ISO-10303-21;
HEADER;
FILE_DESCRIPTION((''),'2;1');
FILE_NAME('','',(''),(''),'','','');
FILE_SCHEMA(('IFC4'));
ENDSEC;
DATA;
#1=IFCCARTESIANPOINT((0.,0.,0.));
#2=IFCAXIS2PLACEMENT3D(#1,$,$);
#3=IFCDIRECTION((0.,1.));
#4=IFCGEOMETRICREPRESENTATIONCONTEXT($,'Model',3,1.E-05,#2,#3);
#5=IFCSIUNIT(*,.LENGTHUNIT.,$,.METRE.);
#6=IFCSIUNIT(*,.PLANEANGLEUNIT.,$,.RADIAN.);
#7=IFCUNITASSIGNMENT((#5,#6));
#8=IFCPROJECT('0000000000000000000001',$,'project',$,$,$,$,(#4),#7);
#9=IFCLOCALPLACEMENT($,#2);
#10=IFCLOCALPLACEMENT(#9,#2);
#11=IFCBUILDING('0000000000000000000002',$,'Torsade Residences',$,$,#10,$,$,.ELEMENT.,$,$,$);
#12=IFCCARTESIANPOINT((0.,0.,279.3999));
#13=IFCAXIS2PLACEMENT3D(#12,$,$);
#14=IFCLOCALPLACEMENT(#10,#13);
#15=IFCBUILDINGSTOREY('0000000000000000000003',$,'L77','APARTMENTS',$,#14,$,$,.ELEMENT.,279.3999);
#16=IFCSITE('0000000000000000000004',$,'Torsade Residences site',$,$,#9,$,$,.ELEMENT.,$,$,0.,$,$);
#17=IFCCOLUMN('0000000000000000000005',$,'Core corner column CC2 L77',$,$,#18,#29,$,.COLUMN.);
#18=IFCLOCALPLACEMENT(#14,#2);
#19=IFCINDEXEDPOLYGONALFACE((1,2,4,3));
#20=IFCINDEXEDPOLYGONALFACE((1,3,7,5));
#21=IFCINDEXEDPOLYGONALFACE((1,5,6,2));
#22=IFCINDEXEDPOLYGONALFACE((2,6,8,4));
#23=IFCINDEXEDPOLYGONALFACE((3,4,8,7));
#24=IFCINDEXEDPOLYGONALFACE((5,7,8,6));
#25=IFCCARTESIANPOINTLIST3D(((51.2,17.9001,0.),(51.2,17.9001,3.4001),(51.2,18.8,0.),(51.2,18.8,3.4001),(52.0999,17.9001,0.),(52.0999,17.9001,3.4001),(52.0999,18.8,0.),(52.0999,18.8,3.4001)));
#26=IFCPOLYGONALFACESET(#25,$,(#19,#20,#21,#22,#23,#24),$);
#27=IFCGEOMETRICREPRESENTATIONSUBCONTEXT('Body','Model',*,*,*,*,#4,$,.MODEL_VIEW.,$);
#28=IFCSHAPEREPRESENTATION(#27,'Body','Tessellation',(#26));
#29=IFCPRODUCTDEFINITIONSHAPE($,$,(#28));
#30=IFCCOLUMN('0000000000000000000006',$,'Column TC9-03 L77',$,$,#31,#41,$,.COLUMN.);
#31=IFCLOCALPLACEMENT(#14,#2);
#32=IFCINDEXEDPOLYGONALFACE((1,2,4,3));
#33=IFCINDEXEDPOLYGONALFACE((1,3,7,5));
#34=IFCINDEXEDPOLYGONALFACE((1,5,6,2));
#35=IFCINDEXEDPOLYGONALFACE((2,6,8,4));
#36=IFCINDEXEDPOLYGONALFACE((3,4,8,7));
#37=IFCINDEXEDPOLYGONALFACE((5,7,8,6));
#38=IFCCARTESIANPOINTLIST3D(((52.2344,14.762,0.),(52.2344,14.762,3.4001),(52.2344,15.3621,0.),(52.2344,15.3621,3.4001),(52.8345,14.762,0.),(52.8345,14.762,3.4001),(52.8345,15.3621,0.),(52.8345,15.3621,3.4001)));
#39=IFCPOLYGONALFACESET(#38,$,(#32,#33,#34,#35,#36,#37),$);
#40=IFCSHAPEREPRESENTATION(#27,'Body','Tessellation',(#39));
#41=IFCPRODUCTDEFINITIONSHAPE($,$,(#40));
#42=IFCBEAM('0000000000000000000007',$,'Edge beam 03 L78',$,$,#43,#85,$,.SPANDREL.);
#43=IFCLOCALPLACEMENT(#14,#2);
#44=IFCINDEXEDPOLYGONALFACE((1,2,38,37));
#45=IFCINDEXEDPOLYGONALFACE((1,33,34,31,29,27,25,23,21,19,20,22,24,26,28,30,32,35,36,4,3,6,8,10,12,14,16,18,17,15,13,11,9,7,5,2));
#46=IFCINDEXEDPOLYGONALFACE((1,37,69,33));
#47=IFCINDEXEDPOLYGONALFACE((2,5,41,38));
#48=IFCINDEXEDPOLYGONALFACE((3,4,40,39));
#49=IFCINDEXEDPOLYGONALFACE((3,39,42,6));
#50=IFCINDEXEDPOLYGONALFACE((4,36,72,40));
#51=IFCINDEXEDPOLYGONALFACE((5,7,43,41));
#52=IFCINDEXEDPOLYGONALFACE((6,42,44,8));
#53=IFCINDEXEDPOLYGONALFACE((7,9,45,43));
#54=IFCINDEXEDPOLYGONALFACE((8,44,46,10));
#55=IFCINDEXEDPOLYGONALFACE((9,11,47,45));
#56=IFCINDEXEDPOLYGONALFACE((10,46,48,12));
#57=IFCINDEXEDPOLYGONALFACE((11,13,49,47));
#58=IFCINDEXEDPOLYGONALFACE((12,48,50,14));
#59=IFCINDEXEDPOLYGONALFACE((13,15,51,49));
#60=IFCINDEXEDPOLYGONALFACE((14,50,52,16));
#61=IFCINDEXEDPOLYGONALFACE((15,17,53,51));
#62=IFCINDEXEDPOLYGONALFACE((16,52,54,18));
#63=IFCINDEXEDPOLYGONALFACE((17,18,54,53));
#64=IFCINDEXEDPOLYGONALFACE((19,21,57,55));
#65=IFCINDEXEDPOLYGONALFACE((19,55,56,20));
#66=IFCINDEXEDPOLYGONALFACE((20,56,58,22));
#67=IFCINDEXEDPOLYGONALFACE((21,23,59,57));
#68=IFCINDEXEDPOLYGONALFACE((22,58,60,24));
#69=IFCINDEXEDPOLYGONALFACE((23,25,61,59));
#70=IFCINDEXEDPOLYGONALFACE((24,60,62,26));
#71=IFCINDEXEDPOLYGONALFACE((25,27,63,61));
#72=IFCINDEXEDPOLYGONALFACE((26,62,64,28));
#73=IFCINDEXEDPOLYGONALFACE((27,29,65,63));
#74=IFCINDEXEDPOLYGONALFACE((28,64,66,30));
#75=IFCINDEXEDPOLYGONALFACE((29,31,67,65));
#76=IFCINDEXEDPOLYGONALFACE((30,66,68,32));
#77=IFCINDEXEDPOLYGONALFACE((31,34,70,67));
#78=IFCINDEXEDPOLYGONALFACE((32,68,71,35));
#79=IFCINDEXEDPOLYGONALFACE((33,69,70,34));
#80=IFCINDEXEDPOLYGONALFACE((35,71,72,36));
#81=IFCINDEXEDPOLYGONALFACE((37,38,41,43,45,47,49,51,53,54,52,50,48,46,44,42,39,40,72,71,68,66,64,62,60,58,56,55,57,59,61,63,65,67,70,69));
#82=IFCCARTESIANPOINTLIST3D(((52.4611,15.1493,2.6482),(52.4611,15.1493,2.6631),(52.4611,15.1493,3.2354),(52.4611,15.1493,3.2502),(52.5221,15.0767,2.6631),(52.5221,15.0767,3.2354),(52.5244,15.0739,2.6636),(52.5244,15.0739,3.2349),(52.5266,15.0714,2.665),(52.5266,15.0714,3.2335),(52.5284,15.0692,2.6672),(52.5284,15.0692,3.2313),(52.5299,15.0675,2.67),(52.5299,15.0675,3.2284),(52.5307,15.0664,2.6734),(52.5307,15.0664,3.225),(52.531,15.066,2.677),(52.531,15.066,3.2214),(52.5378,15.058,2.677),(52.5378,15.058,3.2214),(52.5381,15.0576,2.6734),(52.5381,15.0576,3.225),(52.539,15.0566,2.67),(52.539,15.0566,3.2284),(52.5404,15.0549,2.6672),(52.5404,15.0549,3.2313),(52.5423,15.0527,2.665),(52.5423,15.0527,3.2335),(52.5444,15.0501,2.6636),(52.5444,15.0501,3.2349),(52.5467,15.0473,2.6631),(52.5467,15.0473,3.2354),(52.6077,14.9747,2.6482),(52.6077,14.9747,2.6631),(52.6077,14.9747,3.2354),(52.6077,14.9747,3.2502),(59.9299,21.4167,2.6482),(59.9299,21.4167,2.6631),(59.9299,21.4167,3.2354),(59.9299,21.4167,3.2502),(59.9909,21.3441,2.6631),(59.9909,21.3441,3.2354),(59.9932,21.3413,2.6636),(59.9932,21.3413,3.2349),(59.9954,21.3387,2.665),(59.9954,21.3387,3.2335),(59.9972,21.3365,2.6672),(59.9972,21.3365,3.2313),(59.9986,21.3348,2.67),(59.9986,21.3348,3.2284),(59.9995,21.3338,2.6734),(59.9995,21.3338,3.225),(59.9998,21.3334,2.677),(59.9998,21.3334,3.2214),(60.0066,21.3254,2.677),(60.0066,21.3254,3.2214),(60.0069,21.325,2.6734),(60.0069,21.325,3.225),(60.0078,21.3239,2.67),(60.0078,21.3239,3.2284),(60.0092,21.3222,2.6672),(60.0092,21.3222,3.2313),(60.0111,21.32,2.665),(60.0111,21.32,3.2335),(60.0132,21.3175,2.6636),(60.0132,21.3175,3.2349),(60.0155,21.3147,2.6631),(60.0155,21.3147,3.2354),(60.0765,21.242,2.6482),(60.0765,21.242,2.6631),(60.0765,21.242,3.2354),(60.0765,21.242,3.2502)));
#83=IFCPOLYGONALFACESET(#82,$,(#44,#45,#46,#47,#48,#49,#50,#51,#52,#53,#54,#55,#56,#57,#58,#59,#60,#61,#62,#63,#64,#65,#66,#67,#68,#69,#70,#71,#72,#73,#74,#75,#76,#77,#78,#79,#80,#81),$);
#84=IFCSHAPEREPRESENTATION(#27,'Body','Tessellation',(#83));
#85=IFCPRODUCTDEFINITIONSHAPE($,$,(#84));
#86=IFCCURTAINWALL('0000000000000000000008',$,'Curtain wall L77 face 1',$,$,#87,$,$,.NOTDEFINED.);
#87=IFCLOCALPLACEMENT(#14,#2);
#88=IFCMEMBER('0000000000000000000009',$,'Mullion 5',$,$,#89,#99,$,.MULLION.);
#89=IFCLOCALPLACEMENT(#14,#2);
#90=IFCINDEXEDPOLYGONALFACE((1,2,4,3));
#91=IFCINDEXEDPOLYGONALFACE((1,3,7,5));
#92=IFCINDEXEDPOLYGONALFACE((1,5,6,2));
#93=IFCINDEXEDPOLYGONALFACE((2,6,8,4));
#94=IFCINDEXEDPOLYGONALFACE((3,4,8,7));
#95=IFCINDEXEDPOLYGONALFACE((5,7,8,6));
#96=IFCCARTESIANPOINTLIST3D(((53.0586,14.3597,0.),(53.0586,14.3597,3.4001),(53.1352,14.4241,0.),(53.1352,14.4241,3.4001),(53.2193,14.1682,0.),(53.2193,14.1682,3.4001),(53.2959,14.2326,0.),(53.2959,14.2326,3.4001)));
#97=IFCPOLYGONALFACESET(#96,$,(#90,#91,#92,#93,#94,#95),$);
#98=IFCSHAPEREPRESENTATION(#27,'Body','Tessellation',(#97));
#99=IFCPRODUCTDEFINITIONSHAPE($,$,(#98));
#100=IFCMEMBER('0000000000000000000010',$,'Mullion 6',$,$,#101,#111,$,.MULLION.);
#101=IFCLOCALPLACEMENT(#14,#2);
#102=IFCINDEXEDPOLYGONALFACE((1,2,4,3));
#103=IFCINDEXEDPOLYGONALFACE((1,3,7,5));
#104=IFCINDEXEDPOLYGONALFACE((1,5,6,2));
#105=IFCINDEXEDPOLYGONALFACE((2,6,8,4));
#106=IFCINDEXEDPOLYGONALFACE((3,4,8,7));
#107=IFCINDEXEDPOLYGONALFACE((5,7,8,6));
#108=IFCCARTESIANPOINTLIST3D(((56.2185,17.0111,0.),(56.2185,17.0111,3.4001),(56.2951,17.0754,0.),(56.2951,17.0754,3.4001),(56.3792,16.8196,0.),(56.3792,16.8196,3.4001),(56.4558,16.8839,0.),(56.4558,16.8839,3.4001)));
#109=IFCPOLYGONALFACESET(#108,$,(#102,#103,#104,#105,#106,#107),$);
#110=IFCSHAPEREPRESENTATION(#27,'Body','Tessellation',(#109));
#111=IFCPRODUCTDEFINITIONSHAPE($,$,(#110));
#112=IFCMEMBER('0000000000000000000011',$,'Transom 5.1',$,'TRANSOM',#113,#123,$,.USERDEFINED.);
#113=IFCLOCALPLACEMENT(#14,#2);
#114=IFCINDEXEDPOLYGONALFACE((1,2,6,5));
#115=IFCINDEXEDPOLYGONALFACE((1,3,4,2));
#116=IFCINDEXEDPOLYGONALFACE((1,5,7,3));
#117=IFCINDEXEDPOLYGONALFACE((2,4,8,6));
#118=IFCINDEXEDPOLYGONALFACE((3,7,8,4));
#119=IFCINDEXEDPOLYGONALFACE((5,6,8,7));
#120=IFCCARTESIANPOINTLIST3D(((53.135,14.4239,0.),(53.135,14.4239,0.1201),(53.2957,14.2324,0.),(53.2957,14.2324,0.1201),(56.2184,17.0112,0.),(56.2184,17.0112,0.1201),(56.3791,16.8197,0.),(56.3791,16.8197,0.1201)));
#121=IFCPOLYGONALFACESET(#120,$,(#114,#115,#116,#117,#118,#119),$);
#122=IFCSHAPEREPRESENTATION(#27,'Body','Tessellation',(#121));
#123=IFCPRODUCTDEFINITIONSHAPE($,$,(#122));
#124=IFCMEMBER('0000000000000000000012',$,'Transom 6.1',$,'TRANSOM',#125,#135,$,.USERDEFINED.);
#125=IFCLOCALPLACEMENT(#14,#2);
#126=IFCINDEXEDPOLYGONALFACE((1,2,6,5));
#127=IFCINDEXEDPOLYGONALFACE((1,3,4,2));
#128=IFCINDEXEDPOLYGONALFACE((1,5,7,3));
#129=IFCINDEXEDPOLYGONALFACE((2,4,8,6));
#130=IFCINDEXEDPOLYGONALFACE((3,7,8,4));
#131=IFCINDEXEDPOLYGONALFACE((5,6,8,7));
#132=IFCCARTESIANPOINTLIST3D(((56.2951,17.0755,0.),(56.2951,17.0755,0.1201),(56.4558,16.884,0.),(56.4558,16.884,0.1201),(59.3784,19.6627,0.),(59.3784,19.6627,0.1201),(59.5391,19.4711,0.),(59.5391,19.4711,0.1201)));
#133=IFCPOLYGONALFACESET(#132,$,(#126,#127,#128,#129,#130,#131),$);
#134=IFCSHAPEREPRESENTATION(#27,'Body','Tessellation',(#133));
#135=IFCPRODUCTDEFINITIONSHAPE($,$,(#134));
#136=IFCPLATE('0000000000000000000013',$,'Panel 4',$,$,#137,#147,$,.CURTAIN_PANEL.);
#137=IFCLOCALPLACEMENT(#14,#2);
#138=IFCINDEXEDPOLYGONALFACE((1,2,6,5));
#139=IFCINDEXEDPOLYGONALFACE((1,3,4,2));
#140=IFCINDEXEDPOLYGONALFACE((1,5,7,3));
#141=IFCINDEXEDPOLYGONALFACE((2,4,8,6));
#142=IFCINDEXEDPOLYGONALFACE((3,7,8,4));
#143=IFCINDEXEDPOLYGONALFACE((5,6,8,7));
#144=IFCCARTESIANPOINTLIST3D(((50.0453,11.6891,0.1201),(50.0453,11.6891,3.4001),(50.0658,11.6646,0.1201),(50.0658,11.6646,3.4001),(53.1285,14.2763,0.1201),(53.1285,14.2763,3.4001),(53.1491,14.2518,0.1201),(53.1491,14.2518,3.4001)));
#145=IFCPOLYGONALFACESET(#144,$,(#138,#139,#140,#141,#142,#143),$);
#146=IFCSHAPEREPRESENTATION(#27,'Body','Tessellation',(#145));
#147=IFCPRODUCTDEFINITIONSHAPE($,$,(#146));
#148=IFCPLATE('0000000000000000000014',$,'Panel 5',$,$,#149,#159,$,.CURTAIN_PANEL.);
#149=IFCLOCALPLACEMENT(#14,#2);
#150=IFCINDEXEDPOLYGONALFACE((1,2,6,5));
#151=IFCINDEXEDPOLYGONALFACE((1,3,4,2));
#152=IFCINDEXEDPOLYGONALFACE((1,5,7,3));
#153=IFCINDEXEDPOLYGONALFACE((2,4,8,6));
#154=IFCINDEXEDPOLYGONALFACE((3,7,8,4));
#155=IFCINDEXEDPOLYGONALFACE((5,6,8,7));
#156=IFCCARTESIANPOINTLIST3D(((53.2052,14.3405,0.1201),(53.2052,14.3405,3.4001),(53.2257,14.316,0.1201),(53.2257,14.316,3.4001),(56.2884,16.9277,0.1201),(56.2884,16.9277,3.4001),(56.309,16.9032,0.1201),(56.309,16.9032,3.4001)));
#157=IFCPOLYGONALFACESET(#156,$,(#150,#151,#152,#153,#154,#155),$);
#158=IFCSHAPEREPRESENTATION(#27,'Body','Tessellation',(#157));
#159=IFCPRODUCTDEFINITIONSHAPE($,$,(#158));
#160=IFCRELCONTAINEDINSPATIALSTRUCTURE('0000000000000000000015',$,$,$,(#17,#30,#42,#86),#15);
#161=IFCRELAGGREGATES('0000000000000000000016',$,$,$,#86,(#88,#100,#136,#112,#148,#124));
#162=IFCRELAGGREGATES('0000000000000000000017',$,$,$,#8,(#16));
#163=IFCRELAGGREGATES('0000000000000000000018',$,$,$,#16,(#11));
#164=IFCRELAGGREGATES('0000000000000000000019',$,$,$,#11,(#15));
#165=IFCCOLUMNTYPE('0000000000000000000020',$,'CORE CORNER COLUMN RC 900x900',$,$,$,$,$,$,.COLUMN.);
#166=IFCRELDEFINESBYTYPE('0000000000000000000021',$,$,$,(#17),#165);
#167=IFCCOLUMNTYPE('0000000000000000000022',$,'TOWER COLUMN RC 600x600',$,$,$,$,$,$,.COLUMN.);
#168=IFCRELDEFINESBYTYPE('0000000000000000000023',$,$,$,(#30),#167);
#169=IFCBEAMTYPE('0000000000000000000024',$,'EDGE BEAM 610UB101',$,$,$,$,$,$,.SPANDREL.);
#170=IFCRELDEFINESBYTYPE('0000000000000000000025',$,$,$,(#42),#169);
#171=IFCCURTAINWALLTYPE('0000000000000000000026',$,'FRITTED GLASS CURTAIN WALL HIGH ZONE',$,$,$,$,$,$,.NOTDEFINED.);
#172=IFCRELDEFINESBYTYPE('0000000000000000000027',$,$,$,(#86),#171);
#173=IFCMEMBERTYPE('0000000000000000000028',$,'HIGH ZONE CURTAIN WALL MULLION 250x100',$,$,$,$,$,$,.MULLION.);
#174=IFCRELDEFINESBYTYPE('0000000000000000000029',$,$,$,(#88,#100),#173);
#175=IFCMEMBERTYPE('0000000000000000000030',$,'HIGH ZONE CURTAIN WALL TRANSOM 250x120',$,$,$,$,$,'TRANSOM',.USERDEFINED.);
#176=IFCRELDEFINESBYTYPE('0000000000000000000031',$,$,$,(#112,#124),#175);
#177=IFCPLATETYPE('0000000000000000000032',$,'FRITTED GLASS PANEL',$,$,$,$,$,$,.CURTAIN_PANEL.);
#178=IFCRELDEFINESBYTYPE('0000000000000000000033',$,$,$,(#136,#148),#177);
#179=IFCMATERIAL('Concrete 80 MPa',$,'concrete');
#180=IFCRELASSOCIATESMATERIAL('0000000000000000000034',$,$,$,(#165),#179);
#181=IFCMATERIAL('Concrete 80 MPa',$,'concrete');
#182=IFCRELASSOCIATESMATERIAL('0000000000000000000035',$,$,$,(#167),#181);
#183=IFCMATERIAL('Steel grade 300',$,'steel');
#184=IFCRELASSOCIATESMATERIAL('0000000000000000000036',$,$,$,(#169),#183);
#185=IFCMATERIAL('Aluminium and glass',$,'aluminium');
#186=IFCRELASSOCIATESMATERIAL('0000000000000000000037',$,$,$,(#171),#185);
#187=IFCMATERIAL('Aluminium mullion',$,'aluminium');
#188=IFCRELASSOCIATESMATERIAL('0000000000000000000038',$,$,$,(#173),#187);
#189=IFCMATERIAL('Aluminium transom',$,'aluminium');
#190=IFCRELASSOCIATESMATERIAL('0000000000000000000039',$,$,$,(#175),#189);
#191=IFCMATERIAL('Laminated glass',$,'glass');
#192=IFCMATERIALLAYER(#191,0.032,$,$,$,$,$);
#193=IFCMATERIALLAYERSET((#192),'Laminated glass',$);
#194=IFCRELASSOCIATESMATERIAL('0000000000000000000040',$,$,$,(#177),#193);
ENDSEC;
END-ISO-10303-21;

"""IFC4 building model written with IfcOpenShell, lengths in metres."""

from ifc_helpers import new_model, si_unit, direction, frame, origin, origin_2d, place, context, subcontext, project, spatial, rectangle, i_section, extrude, material, layer, layer_set, material_profile, profile_set, type_object, element, aggregate, save


model = new_model("IFC4")

# Units and contexts
model_context = context("Model", 3, precision=1e-05, world=origin(), true_north=direction((0.0, 1.0)))
body_context = subcontext(model_context, "Body", "Model", "MODEL_VIEW")
ifc_project = project(units=[si_unit("LENGTHUNIT", "METRE"), si_unit("PLANEANGLEUNIT", "RADIAN")], contexts=[model_context])

# Site, building, storey
site_placement = place(None, origin())
site = spatial("IfcSite", under=ifc_project, at=site_placement, Name="Torsade Residences site", CompositionType="ELEMENT", RefElevation=0.0)
building_placement = place(site_placement, origin())
building = spatial("IfcBuilding", under=site, at=building_placement, Name="Torsade Residences", CompositionType="ELEMENT")
storey_placement = place(building_placement, frame((0.0, 0.0, 279.3999)))
storey = spatial("IfcBuildingStorey", under=building, at=storey_placement, Name="L77", Description="APARTMENTS", CompositionType="ELEMENT", Elevation=279.3999)

# Columns
ifc_material_1 = material(Name="Concrete 80 MPa", Category="concrete")
ifc_material_profile_1 = material_profile(ifc_material_1, rectangle(XDim=0.8999, YDim=0.8999, at=origin_2d()), Name="RC 900x900")
ifc_profile_set_1 = profile_set([ifc_material_profile_1], Name="Concrete 80 MPa")
column_type_1 = type_object("IfcColumnType", Name="CORE CORNER COLUMN RC 900x900", PredefinedType="COLUMN", material=ifc_profile_set_1)
column_1_placement = place(storey_placement, frame((51.6499, 18.3501, 0.0), z_axis=(0.0, 0.0, 1.0), x_axis=(1.0, 0.0, 0.0)))
element("IfcColumn", 1, at=column_1_placement, inside=storey, type_object=column_type_1, Name="Core corner column CC2 L77", PredefinedType="COLUMN", context=body_context, shape_type="SweptSolid", body=[
    extrude(rectangle(XDim=0.8999, YDim=0.8999, at=origin_2d()), origin(), (0.0, 0.0, 1.0), 3.4001),
])
ifc_material_2 = material(Name="Concrete 80 MPa", Category="concrete")
ifc_material_profile_2 = material_profile(ifc_material_2, rectangle(XDim=0.6001, YDim=0.6001, at=origin_2d()), Name="RC 600x600")
ifc_profile_set_2 = profile_set([ifc_material_profile_2], Name="Concrete 80 MPa")
column_type_2 = type_object("IfcColumnType", Name="TOWER COLUMN RC 600x600", PredefinedType="COLUMN", material=ifc_profile_set_2)
column_2_placement = place(storey_placement, frame((52.5344, 15.062, 0.0), z_axis=(0.0, 0.0, 1.0), x_axis=(1.0, 0.0, 0.0)))
element("IfcColumn", 2, at=column_2_placement, inside=storey, type_object=column_type_2, Name="Column TC9-03 L77", PredefinedType="COLUMN", context=body_context, shape_type="SweptSolid", body=[
    extrude(rectangle(XDim=0.6001, YDim=0.6001, at=origin_2d()), origin(), (0.0, 0.0, 1.0), 3.4001),
])

# Beam
ifc_material_3 = material(Name="Steel grade 300", Category="steel")
ifc_material_profile_3 = material_profile(ifc_material_3, i_section(OverallWidth=0.228, OverallDepth=0.6021, WebThickness=0.0105, FlangeThickness=0.0149, FilletRadius=0.0139, at=origin_2d()), Name="610UB101")
ifc_profile_set_3 = profile_set([ifc_material_profile_3], Name="Steel grade 300")
beam_type = type_object("IfcBeamType", Name="EDGE BEAM 610UB101", PredefinedType="SPANDREL", material=ifc_profile_set_3)
beam_placement = place(storey_placement, frame((52.5344, 15.062, 2.9492), z_axis=(0.766029, 0.642806, 0.0), x_axis=(-0.642806, 0.766029, 0.0)))
element("IfcBeam", 3, at=beam_placement, inside=storey, type_object=beam_type, Name="Edge beam 03 L78", PredefinedType="SPANDREL", context=body_context, shape_type="SweptSolid", body=[
    extrude(i_section(OverallWidth=0.228, OverallDepth=0.6021, WebThickness=0.0105, FlangeThickness=0.0149, FilletRadius=0.0139, at=origin_2d()), origin(), (0.0, 0.0, 1.0), 9.75),
])

# Curtain wall, members, plates
ifc_material_4 = material(Name="Aluminium and glass", Category="aluminium")
curtain_wall_type = type_object("IfcCurtainWallType", Name="FRITTED GLASS CURTAIN WALL HIGH ZONE", PredefinedType="NOTDEFINED", material=ifc_material_4)
curtain_wall_placement = place(storey_placement, origin())
curtain_wall = element("IfcCurtainWall", 4, at=curtain_wall_placement, inside=storey, type_object=curtain_wall_type, Name="Curtain wall L77 face 1", PredefinedType="NOTDEFINED")
ifc_material_5 = material(Name="Aluminium mullion", Category="aluminium")
ifc_material_profile_4 = material_profile(ifc_material_5, rectangle(XDim=0.25, YDim=0.1001, at=origin_2d()), Name="HIGH ZONE CURTAIN WALL MULLION 250x100")
ifc_profile_set_4 = profile_set([ifc_material_profile_4], Name="Aluminium mullion")
member_type_1 = type_object("IfcMemberType", Name="HIGH ZONE CURTAIN WALL MULLION 250x100", PredefinedType="MULLION", material=ifc_profile_set_4)
member_1_placement = place(storey_placement, frame((53.1772, 14.2961, 0.0), z_axis=(0.0, 0.0, 1.0), x_axis=(-0.642788, 0.766044, 0.0)))
member_1 = element("IfcMember", 5, at=member_1_placement, type_object=member_type_1, Name="Mullion 5", PredefinedType="MULLION", context=body_context, shape_type="SweptSolid", body=[
    extrude(rectangle(XDim=0.25, YDim=0.1001, at=origin_2d()), origin(), (0.0, 0.0, 1.0), 3.4001),
])
member_2_placement = place(storey_placement, frame((56.3372, 16.9475, 0.0), z_axis=(0.0, 0.0, 1.0), x_axis=(-0.642788, 0.766044, 0.0)))
member_2 = element("IfcMember", 6, at=member_2_placement, type_object=member_type_1, Name="Mullion 6", PredefinedType="MULLION", context=body_context, shape_type="SweptSolid", body=[
    extrude(rectangle(XDim=0.25, YDim=0.1001, at=origin_2d()), origin(), (0.0, 0.0, 1.0), 3.4001),
])
ifc_material_6 = material(Name="Aluminium transom", Category="aluminium")
ifc_material_profile_5 = material_profile(ifc_material_6, rectangle(XDim=0.25, YDim=0.1201, at=origin_2d()), Name="HIGH ZONE CURTAIN WALL TRANSOM 250x120")
ifc_profile_set_5 = profile_set([ifc_material_profile_5], Name="Aluminium transom")
member_type_2 = type_object("IfcMemberType", Name="HIGH ZONE CURTAIN WALL TRANSOM 250x120", ElementType="TRANSOM", PredefinedType="USERDEFINED", material=ifc_profile_set_5)
member_3_placement = place(storey_placement, frame((53.2153, 14.3281, 0.0601), z_axis=(0.766039, 0.642794, 0.0), x_axis=(-0.642794, 0.766039, 0.0)))
member_3 = element("IfcMember", 7, at=member_3_placement, type_object=member_type_2, Name="Transom 5.1", ObjectType="TRANSOM", PredefinedType="USERDEFINED", context=body_context, shape_type="SweptSolid", body=[
    extrude(rectangle(XDim=0.25, YDim=0.1201, at=origin_2d()), origin(), (0.0, 0.0, 1.0), 4.0251),
])
member_4_placement = place(storey_placement, frame((56.3755, 16.9797, 0.0601), z_axis=(0.766044, 0.642788, 0.0), x_axis=(-0.642788, 0.766044, 0.0)))
member_4 = element("IfcMember", 8, at=member_4_placement, type_object=member_type_2, Name="Transom 6.1", ObjectType="TRANSOM", PredefinedType="USERDEFINED", context=body_context, shape_type="SweptSolid", body=[
    extrude(rectangle(XDim=0.25, YDim=0.1201, at=origin_2d()), origin(), (0.0, 0.0, 1.0), 4.0249),
])
ifc_material_7 = material(Name="Laminated glass", Category="glass")
ifc_layer_1 = layer(ifc_material_7, 0.032)
ifc_layer_set_1 = layer_set([ifc_layer_1], Name="Laminated glass")
plate_type = type_object("IfcPlateType", Name="FRITTED GLASS PANEL", PredefinedType="CURTAIN_PANEL", material=ifc_layer_set_1)
plate_1_placement = place(storey_placement, frame((51.5972, 12.9705, 0.1201), z_axis=(0.0, 0.0, 1.0), x_axis=(0.766044, 0.642788, 0.0)))
plate_1 = element("IfcPlate", 9, at=plate_1_placement, type_object=plate_type, Name="Panel 4", PredefinedType="CURTAIN_PANEL", context=body_context, shape_type="SweptSolid", body=[
    extrude(rectangle(XDim=4.0249, YDim=0.032, at=origin_2d()), origin(), (0.0, 0.0, 1.0), 3.28),
])
plate_2_placement = place(storey_placement, frame((54.7571, 15.6218, 0.1201), z_axis=(0.0, 0.0, 1.0), x_axis=(0.766044, 0.642788, 0.0)))
plate_2 = element("IfcPlate", 10, at=plate_2_placement, type_object=plate_type, Name="Panel 5", PredefinedType="CURTAIN_PANEL", context=body_context, shape_type="SweptSolid", body=[
    extrude(rectangle(XDim=4.0249, YDim=0.032, at=origin_2d()), origin(), (0.0, 0.0, 1.0), 3.28),
])
aggregate(curtain_wall, [member_1, member_2, plate_1, member_3, plate_2, member_4])

save(model, "model.ifc")
